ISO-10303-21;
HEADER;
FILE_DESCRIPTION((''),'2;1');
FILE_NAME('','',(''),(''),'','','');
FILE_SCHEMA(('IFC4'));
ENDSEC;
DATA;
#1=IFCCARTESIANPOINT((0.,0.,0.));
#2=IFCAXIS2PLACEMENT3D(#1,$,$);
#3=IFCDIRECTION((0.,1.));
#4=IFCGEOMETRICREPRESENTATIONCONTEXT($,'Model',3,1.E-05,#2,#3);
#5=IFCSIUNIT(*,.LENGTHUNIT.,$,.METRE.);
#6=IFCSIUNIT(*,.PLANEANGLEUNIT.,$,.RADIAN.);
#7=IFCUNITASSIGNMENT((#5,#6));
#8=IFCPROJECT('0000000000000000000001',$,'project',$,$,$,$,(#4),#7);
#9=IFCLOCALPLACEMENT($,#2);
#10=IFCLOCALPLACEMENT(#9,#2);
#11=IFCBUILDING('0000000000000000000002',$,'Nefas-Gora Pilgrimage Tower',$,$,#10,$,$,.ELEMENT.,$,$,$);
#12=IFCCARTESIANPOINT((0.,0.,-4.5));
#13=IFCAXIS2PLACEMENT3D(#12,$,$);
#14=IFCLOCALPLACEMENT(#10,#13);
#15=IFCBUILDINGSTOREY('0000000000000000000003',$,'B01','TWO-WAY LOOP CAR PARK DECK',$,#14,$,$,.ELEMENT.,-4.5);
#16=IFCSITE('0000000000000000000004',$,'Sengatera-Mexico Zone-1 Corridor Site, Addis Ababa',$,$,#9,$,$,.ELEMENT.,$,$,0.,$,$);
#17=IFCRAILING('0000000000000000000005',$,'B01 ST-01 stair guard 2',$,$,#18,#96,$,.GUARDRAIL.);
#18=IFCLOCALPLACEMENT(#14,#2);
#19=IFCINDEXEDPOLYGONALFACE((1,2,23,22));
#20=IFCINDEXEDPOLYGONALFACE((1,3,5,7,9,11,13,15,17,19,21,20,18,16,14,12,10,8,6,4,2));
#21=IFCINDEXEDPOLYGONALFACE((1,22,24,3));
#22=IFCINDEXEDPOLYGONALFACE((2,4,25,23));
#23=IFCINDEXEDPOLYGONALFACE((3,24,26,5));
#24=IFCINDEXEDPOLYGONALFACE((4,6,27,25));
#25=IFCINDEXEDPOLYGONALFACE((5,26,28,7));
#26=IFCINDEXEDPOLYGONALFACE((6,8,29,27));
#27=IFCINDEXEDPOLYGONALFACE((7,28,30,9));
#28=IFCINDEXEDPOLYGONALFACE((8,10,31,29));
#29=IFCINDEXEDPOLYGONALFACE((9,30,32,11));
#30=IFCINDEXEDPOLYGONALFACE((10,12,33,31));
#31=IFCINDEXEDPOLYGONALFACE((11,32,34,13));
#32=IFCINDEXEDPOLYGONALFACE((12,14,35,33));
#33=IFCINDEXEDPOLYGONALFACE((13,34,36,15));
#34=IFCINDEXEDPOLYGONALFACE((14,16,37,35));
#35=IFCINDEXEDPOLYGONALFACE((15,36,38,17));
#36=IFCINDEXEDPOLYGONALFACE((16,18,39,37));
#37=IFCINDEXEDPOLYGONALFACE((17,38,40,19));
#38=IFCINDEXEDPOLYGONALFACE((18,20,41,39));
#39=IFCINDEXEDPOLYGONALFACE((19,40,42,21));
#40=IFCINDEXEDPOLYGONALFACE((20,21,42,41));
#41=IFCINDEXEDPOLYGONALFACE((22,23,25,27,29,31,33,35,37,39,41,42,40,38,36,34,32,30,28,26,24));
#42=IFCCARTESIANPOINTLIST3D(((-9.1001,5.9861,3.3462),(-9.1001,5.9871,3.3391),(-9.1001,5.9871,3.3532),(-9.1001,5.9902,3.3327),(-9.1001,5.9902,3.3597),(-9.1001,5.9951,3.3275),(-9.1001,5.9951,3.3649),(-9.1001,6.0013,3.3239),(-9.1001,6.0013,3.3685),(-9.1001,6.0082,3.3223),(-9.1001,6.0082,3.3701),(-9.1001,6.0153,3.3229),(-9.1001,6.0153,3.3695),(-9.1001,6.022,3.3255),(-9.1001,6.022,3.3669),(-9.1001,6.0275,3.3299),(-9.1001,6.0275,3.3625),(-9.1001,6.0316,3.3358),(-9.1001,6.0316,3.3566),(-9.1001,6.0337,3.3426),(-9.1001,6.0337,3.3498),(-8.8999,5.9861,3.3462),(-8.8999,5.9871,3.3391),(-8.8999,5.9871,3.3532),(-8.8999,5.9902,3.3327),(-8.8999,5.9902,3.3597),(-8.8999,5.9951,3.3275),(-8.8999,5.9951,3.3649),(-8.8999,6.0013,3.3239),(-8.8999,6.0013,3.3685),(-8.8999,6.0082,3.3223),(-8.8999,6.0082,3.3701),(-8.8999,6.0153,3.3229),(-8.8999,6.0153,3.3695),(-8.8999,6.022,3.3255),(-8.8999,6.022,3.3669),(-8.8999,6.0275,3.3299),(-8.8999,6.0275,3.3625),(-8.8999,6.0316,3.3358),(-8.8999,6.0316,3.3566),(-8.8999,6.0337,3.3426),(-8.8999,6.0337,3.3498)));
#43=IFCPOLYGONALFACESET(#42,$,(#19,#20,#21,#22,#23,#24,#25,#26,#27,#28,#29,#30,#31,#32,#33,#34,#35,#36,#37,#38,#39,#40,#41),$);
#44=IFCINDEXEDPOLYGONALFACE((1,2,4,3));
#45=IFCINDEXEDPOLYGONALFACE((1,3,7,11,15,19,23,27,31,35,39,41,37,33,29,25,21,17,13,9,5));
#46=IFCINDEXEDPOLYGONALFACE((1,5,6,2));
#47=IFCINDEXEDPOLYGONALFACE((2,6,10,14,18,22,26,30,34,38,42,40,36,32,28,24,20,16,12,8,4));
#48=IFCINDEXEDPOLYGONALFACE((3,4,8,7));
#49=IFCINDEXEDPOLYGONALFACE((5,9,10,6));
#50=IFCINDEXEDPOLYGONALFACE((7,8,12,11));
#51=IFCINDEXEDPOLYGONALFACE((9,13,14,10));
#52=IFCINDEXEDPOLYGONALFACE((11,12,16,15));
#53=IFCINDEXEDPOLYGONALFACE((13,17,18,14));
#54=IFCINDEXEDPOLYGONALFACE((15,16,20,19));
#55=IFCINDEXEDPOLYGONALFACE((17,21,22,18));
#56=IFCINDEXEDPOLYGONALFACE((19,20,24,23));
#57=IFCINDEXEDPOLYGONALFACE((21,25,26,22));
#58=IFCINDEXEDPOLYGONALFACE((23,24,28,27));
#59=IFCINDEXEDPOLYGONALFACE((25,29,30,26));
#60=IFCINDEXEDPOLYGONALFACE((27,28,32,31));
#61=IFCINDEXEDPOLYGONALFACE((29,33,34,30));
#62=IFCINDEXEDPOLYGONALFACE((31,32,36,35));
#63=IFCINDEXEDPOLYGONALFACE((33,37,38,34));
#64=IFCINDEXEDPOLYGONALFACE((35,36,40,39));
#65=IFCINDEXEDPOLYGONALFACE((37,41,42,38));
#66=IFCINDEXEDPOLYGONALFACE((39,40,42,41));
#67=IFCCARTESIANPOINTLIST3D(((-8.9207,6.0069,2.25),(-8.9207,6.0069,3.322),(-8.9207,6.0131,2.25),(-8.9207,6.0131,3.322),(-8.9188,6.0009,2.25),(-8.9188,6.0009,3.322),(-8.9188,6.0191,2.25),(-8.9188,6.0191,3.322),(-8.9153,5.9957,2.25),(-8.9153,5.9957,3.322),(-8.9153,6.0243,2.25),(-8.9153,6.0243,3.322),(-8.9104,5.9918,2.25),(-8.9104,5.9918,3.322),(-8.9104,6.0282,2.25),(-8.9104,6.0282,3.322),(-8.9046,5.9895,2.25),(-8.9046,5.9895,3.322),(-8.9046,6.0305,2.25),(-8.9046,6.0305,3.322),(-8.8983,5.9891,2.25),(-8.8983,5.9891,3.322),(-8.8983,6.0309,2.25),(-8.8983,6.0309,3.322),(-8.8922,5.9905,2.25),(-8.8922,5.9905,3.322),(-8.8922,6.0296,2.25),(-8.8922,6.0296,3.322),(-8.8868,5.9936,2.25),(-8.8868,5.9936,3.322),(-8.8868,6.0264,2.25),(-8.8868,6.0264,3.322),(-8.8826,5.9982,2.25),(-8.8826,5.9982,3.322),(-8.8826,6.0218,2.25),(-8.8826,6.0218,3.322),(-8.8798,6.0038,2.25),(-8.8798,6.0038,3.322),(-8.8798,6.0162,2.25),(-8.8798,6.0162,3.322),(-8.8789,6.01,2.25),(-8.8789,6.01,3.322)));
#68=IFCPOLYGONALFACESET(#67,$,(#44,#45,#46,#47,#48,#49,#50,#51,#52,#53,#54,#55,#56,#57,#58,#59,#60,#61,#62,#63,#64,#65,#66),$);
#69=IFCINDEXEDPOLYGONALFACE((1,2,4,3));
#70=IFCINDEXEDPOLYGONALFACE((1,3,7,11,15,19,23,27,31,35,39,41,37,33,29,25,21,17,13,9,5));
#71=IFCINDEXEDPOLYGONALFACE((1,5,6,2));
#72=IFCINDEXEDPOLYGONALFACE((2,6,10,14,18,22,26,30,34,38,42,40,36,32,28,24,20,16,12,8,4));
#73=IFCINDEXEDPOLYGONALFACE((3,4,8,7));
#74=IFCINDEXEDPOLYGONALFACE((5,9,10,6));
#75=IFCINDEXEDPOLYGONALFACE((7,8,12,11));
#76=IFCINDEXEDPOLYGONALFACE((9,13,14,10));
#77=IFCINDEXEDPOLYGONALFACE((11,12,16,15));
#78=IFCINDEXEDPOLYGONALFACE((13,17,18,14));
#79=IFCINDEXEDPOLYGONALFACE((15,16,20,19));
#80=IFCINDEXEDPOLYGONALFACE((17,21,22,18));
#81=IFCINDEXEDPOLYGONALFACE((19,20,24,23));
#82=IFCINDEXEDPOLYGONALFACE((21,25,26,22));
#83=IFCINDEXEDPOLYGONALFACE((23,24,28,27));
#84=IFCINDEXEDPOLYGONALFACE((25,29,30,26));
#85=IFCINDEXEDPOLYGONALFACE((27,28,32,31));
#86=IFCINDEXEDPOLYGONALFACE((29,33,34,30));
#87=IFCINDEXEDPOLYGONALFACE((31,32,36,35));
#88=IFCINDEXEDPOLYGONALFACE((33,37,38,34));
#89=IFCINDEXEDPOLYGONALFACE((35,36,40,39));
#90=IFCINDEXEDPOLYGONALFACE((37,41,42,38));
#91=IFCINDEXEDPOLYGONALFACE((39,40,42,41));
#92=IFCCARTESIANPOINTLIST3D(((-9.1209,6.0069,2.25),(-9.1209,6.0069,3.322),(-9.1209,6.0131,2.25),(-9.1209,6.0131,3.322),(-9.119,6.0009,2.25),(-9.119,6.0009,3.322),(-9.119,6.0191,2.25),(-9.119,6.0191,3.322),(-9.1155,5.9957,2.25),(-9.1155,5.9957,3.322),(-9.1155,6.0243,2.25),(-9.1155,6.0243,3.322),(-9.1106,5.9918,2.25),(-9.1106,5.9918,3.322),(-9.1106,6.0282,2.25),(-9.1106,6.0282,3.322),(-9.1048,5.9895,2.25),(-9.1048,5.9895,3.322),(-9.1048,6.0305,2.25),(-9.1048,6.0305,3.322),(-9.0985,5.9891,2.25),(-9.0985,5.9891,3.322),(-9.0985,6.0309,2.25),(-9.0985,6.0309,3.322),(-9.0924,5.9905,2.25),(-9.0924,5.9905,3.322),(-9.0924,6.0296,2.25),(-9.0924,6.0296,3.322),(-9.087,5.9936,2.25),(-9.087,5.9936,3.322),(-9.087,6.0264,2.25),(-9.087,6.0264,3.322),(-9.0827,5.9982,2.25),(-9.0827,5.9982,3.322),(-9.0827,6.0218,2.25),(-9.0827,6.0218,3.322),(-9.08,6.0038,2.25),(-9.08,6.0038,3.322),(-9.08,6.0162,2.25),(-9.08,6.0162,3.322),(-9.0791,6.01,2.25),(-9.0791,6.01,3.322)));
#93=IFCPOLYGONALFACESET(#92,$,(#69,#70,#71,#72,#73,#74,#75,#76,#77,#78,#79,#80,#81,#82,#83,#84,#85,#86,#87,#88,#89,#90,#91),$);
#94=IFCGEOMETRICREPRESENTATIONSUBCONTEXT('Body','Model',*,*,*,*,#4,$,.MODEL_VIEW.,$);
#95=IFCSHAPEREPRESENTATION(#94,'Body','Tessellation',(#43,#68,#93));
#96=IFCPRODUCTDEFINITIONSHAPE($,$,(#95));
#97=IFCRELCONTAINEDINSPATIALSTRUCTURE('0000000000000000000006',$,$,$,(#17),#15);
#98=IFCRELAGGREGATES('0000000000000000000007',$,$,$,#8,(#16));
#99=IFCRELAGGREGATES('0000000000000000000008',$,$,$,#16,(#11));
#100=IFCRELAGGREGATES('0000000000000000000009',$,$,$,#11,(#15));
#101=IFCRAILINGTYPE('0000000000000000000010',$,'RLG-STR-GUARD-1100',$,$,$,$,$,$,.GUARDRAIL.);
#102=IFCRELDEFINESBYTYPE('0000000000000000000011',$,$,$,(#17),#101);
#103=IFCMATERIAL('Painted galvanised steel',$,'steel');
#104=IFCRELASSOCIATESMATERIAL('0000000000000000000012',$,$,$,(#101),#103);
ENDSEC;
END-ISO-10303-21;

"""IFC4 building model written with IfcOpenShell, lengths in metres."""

from ifc_helpers import new_model, si_unit, direction, frame, origin, origin_2d, place, context, subcontext, project, spatial, circle, extrude, material, type_object, element, save


model = new_model("IFC4")

# Units and contexts
model_context = context("Model", 3, precision=1e-05, world=origin(), true_north=direction((0.0, 1.0)))
body_context = subcontext(model_context, "Body", "Model", "MODEL_VIEW")
ifc_project = project(units=[si_unit("LENGTHUNIT", "METRE"), si_unit("PLANEANGLEUNIT", "RADIAN")], contexts=[model_context])

# Site, building, storey
site_placement = place(None, origin())
site = spatial("IfcSite", under=ifc_project, at=site_placement, Name="Sengatera-Mexico Zone-1 Corridor Site, Addis Ababa", CompositionType="ELEMENT", RefElevation=0.0)
building_placement = place(site_placement, origin())
building = spatial("IfcBuilding", under=site, at=building_placement, Name="Nefas-Gora Pilgrimage Tower", CompositionType="ELEMENT")
storey_placement = place(building_placement, frame((0.0, 0.0, -4.5)))
storey = spatial("IfcBuildingStorey", under=building, at=storey_placement, Name="B01", Description="TWO-WAY LOOP CAR PARK DECK", CompositionType="ELEMENT", Elevation=-4.5)

# Railing
ifc_material_1 = material(Name="Painted galvanised steel", Category="steel")
railing_type_1 = type_object("IfcRailingType", Name="RLG-STR-GUARD-1100", PredefinedType="GUARDRAIL", material=ifc_material_1)
railing_1_placement = place(storey_placement, frame((-8.8999, 6.01, 2.25)))
element("IfcRailing", 1, at=railing_1_placement, inside=storey, type_object=railing_type_1, Name="B01 ST-01 stair guard 2", PredefinedType="GUARDRAIL", context=body_context, shape_type="SweptSolid", body=[
    extrude(circle(Radius=0.0239, at=origin_2d()), frame((0.0, 0.0, 1.0962), z_axis=(-1.0, 0.0, 0.0), x_axis=(0.0, -1.0, 0.0)), (0.0, 0.0, 1.0), 0.2002),
    extrude(circle(Radius=0.021, at=origin_2d()), origin(), (0.0, 0.0, 1.0), 1.072),
    extrude(circle(Radius=0.021, at=origin_2d()), frame((-0.2002, 0.0, 0.0)), (0.0, 0.0, 1.0), 1.072),
])

save(model, "model.ifc")
